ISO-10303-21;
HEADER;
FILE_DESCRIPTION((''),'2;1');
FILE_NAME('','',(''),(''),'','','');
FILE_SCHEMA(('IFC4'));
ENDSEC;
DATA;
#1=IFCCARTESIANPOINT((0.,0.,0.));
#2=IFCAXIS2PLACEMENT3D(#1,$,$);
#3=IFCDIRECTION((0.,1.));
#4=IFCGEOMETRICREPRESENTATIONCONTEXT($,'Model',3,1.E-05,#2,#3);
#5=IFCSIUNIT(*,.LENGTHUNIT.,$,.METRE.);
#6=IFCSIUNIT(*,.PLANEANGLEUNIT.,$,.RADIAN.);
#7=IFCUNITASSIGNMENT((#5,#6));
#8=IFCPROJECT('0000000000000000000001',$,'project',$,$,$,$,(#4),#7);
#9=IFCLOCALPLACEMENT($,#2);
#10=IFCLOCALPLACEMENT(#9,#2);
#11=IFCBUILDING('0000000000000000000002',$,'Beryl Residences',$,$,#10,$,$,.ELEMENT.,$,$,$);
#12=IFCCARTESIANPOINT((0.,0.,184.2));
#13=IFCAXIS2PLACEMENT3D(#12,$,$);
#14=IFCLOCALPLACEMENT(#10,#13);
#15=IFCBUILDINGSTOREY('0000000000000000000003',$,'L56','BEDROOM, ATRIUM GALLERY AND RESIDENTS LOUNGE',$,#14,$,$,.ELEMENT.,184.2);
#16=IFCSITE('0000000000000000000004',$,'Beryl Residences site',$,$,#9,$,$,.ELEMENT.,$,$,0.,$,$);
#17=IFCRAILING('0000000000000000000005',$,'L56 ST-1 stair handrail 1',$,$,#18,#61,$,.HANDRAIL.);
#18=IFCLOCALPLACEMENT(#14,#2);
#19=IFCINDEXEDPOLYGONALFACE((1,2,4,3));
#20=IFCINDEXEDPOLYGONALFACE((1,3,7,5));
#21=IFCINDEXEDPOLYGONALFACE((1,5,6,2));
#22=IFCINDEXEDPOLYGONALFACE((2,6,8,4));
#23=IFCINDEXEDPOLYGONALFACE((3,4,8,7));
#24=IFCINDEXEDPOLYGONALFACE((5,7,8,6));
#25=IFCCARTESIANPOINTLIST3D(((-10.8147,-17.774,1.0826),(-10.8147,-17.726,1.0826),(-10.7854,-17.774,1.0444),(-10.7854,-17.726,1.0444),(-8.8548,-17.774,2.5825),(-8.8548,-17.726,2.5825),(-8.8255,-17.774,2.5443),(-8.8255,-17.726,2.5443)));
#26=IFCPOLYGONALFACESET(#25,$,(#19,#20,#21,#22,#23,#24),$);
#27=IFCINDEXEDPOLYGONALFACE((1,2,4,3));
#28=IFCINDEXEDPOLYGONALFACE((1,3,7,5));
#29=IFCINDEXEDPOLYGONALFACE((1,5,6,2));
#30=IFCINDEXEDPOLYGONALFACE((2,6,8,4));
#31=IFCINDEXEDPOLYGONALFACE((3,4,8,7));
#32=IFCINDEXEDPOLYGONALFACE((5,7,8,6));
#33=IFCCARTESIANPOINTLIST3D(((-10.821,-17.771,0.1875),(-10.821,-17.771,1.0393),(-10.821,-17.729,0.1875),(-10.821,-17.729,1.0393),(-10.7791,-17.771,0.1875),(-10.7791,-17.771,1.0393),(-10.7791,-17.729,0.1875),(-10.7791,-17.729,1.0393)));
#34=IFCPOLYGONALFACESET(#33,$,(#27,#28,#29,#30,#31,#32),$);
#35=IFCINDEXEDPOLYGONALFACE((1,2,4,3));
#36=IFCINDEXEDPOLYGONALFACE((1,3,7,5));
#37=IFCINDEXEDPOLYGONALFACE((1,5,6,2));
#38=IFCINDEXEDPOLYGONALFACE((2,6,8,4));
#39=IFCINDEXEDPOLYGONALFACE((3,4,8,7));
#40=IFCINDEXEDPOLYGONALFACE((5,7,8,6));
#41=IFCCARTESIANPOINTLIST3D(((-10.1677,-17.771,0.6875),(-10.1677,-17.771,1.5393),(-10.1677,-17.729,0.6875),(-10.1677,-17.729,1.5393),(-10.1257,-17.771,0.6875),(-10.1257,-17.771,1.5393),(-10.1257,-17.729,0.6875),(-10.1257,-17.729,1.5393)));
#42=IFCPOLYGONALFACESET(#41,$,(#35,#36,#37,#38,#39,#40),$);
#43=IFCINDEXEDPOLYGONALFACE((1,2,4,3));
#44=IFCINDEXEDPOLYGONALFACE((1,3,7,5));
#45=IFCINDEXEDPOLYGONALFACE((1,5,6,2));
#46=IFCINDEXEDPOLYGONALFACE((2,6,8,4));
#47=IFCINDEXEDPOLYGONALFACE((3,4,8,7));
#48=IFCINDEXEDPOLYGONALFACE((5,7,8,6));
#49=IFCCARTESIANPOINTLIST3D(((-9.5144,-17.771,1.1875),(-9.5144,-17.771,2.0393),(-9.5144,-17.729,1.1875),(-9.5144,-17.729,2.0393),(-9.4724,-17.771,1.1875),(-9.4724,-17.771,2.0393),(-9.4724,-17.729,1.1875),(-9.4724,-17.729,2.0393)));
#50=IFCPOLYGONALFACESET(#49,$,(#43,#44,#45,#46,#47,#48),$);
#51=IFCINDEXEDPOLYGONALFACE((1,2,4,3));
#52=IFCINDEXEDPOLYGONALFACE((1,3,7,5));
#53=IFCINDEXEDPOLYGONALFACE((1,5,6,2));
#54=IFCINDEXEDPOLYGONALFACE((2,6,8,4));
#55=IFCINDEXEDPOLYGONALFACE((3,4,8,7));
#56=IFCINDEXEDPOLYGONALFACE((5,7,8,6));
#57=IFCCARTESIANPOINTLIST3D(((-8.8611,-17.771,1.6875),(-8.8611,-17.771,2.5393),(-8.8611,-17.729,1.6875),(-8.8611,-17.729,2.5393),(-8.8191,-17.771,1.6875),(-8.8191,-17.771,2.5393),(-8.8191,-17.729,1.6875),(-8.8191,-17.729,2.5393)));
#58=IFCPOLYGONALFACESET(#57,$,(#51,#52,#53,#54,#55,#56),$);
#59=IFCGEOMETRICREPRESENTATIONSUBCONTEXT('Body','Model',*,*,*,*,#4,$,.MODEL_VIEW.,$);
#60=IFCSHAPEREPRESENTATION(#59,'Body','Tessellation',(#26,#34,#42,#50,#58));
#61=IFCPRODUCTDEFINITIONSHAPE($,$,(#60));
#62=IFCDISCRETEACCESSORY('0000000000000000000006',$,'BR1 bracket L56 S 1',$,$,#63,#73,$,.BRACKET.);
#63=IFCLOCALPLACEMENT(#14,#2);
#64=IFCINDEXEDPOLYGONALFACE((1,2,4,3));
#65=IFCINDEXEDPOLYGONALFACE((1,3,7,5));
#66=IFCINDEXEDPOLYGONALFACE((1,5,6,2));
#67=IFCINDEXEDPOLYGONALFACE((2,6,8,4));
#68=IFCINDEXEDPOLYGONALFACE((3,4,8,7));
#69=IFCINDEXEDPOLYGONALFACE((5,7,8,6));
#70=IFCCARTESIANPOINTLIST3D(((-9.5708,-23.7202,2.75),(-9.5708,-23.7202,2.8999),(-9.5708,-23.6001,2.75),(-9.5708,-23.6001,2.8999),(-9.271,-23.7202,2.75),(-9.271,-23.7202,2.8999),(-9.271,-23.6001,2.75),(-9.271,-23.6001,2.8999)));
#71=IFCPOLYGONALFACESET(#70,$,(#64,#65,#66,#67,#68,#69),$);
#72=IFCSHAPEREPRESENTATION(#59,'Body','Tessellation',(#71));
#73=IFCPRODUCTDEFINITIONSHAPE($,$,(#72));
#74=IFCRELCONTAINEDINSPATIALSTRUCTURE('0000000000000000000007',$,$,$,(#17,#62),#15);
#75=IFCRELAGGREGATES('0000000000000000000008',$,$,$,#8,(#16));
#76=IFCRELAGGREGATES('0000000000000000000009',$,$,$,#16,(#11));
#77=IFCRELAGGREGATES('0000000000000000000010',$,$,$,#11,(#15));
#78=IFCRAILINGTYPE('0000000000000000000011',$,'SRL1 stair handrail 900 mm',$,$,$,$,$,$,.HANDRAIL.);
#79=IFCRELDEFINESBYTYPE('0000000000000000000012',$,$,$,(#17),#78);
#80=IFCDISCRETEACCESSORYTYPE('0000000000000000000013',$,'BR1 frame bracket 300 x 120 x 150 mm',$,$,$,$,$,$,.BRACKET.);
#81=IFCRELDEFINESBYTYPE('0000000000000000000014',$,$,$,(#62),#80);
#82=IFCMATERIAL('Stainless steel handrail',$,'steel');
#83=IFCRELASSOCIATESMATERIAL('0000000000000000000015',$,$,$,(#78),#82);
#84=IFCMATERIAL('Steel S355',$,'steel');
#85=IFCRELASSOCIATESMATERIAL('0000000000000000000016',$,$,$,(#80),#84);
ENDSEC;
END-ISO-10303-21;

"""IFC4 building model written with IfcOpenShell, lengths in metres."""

from ifc_helpers import new_model, si_unit, direction, frame, origin, origin_2d, place, context, subcontext, project, spatial, polyline, rectangle, outline, extrude, source, transform, mapped, material, type_object, type_shapes, element, save


model = new_model("IFC4")

# Units and contexts
model_context = context("Model", 3, precision=1e-05, world=origin(), true_north=direction((0.0, 1.0)))
body_context = subcontext(model_context, "Body", "Model", "MODEL_VIEW")
ifc_project = project(units=[si_unit("LENGTHUNIT", "METRE"), si_unit("PLANEANGLEUNIT", "RADIAN")], contexts=[model_context])

# Site, building, storey
site_placement = place(None, origin())
site = spatial("IfcSite", under=ifc_project, at=site_placement, Name="Beryl Residences site", CompositionType="ELEMENT", RefElevation=0.0)
building_placement = place(site_placement, origin())
building = spatial("IfcBuilding", under=site, at=building_placement, Name="Beryl Residences", CompositionType="ELEMENT")
storey_placement = place(building_placement, frame((0.0, 0.0, 184.2)))
storey = spatial("IfcBuildingStorey", under=building, at=storey_placement, Name="L56", Description="BEDROOM, ATRIUM GALLERY AND RESIDENTS LOUNGE", CompositionType="ELEMENT", Elevation=184.2)

# Railing
ifc_material_1 = material(Name="Stainless steel handrail", Category="steel")
railing_type_1 = type_object("IfcRailingType", Name="SRL1 stair handrail 900 mm", PredefinedType="HANDRAIL", material=ifc_material_1)
railing_1_placement = place(storey_placement, frame((-10.8, -17.75, 0.1875)))
element("IfcRailing", 1, at=railing_1_placement, inside=storey, type_object=railing_type_1, Name="L56 ST-1 stair handrail 1", PredefinedType="HANDRAIL", context=body_context, shape_type="SweptSolid", body=[
    extrude(rectangle(XDim=0.0481, YDim=0.0481, at=origin_2d()), frame((0.0, 0.0, 0.876), z_axis=(0.794122, 0.0, 0.607758), x_axis=(0.0, 1.0, 0.0)), (0.0, 0.0, 1.0), 2.468),
    extrude(rectangle(XDim=0.042, YDim=0.042, at=origin_2d()), origin(), (0.0, 0.0, 1.0), 0.8518),
    extrude(rectangle(XDim=0.042, YDim=0.042, at=origin_2d()), frame((0.6533, 0.0, 0.5)), (0.0, 0.0, 1.0), 0.8518),
    extrude(rectangle(XDim=0.042, YDim=0.042, at=origin_2d()), frame((1.3066, 0.0, 1.0)), (0.0, 0.0, 1.0), 0.8518),
    extrude(rectangle(XDim=0.042, YDim=0.042, at=origin_2d()), frame((1.96, 0.0, 1.5)), (0.0, 0.0, 1.0), 0.8518),
])

# Discrete accessory
ifc_material_2 = material(Name="Steel S355", Category="steel")
discrete_accessory_type = type_object("IfcDiscreteAccessoryType", Name="BR1 frame bracket 300 x 120 x 150 mm", PredefinedType="BRACKET", material=ifc_material_2)
shared_shape_1 = source(origin(), body_context, "Body", "SweptSolid", [
    extrude(outline(polyline([(-0.1499, 0.0), (0.1499, 0.0), (0.1499, 0.1201), (-0.1499, 0.1201), (-0.1499, 0.0)])), origin(), (0.0, 0.0, 1.0), 0.1499),
])
type_shapes(discrete_accessory_type, [shared_shape_1])
discrete_accessory_placement = place(storey_placement, frame((-9.4209, -23.6001, 2.75), z_axis=(0.0, 0.0, 1.0), x_axis=(-1.0, 0.0, 0.0)))
element("IfcDiscreteAccessory", 2, at=discrete_accessory_placement, inside=storey, type_object=discrete_accessory_type, Name="BR1 bracket L56 S 1", PredefinedType="BRACKET", context=body_context, shape_type="MappedRepresentation", body=[
    mapped(shared_shape_1, transform((0.0, 0.0, 0.0))),
])

save(model, "model.ifc")
